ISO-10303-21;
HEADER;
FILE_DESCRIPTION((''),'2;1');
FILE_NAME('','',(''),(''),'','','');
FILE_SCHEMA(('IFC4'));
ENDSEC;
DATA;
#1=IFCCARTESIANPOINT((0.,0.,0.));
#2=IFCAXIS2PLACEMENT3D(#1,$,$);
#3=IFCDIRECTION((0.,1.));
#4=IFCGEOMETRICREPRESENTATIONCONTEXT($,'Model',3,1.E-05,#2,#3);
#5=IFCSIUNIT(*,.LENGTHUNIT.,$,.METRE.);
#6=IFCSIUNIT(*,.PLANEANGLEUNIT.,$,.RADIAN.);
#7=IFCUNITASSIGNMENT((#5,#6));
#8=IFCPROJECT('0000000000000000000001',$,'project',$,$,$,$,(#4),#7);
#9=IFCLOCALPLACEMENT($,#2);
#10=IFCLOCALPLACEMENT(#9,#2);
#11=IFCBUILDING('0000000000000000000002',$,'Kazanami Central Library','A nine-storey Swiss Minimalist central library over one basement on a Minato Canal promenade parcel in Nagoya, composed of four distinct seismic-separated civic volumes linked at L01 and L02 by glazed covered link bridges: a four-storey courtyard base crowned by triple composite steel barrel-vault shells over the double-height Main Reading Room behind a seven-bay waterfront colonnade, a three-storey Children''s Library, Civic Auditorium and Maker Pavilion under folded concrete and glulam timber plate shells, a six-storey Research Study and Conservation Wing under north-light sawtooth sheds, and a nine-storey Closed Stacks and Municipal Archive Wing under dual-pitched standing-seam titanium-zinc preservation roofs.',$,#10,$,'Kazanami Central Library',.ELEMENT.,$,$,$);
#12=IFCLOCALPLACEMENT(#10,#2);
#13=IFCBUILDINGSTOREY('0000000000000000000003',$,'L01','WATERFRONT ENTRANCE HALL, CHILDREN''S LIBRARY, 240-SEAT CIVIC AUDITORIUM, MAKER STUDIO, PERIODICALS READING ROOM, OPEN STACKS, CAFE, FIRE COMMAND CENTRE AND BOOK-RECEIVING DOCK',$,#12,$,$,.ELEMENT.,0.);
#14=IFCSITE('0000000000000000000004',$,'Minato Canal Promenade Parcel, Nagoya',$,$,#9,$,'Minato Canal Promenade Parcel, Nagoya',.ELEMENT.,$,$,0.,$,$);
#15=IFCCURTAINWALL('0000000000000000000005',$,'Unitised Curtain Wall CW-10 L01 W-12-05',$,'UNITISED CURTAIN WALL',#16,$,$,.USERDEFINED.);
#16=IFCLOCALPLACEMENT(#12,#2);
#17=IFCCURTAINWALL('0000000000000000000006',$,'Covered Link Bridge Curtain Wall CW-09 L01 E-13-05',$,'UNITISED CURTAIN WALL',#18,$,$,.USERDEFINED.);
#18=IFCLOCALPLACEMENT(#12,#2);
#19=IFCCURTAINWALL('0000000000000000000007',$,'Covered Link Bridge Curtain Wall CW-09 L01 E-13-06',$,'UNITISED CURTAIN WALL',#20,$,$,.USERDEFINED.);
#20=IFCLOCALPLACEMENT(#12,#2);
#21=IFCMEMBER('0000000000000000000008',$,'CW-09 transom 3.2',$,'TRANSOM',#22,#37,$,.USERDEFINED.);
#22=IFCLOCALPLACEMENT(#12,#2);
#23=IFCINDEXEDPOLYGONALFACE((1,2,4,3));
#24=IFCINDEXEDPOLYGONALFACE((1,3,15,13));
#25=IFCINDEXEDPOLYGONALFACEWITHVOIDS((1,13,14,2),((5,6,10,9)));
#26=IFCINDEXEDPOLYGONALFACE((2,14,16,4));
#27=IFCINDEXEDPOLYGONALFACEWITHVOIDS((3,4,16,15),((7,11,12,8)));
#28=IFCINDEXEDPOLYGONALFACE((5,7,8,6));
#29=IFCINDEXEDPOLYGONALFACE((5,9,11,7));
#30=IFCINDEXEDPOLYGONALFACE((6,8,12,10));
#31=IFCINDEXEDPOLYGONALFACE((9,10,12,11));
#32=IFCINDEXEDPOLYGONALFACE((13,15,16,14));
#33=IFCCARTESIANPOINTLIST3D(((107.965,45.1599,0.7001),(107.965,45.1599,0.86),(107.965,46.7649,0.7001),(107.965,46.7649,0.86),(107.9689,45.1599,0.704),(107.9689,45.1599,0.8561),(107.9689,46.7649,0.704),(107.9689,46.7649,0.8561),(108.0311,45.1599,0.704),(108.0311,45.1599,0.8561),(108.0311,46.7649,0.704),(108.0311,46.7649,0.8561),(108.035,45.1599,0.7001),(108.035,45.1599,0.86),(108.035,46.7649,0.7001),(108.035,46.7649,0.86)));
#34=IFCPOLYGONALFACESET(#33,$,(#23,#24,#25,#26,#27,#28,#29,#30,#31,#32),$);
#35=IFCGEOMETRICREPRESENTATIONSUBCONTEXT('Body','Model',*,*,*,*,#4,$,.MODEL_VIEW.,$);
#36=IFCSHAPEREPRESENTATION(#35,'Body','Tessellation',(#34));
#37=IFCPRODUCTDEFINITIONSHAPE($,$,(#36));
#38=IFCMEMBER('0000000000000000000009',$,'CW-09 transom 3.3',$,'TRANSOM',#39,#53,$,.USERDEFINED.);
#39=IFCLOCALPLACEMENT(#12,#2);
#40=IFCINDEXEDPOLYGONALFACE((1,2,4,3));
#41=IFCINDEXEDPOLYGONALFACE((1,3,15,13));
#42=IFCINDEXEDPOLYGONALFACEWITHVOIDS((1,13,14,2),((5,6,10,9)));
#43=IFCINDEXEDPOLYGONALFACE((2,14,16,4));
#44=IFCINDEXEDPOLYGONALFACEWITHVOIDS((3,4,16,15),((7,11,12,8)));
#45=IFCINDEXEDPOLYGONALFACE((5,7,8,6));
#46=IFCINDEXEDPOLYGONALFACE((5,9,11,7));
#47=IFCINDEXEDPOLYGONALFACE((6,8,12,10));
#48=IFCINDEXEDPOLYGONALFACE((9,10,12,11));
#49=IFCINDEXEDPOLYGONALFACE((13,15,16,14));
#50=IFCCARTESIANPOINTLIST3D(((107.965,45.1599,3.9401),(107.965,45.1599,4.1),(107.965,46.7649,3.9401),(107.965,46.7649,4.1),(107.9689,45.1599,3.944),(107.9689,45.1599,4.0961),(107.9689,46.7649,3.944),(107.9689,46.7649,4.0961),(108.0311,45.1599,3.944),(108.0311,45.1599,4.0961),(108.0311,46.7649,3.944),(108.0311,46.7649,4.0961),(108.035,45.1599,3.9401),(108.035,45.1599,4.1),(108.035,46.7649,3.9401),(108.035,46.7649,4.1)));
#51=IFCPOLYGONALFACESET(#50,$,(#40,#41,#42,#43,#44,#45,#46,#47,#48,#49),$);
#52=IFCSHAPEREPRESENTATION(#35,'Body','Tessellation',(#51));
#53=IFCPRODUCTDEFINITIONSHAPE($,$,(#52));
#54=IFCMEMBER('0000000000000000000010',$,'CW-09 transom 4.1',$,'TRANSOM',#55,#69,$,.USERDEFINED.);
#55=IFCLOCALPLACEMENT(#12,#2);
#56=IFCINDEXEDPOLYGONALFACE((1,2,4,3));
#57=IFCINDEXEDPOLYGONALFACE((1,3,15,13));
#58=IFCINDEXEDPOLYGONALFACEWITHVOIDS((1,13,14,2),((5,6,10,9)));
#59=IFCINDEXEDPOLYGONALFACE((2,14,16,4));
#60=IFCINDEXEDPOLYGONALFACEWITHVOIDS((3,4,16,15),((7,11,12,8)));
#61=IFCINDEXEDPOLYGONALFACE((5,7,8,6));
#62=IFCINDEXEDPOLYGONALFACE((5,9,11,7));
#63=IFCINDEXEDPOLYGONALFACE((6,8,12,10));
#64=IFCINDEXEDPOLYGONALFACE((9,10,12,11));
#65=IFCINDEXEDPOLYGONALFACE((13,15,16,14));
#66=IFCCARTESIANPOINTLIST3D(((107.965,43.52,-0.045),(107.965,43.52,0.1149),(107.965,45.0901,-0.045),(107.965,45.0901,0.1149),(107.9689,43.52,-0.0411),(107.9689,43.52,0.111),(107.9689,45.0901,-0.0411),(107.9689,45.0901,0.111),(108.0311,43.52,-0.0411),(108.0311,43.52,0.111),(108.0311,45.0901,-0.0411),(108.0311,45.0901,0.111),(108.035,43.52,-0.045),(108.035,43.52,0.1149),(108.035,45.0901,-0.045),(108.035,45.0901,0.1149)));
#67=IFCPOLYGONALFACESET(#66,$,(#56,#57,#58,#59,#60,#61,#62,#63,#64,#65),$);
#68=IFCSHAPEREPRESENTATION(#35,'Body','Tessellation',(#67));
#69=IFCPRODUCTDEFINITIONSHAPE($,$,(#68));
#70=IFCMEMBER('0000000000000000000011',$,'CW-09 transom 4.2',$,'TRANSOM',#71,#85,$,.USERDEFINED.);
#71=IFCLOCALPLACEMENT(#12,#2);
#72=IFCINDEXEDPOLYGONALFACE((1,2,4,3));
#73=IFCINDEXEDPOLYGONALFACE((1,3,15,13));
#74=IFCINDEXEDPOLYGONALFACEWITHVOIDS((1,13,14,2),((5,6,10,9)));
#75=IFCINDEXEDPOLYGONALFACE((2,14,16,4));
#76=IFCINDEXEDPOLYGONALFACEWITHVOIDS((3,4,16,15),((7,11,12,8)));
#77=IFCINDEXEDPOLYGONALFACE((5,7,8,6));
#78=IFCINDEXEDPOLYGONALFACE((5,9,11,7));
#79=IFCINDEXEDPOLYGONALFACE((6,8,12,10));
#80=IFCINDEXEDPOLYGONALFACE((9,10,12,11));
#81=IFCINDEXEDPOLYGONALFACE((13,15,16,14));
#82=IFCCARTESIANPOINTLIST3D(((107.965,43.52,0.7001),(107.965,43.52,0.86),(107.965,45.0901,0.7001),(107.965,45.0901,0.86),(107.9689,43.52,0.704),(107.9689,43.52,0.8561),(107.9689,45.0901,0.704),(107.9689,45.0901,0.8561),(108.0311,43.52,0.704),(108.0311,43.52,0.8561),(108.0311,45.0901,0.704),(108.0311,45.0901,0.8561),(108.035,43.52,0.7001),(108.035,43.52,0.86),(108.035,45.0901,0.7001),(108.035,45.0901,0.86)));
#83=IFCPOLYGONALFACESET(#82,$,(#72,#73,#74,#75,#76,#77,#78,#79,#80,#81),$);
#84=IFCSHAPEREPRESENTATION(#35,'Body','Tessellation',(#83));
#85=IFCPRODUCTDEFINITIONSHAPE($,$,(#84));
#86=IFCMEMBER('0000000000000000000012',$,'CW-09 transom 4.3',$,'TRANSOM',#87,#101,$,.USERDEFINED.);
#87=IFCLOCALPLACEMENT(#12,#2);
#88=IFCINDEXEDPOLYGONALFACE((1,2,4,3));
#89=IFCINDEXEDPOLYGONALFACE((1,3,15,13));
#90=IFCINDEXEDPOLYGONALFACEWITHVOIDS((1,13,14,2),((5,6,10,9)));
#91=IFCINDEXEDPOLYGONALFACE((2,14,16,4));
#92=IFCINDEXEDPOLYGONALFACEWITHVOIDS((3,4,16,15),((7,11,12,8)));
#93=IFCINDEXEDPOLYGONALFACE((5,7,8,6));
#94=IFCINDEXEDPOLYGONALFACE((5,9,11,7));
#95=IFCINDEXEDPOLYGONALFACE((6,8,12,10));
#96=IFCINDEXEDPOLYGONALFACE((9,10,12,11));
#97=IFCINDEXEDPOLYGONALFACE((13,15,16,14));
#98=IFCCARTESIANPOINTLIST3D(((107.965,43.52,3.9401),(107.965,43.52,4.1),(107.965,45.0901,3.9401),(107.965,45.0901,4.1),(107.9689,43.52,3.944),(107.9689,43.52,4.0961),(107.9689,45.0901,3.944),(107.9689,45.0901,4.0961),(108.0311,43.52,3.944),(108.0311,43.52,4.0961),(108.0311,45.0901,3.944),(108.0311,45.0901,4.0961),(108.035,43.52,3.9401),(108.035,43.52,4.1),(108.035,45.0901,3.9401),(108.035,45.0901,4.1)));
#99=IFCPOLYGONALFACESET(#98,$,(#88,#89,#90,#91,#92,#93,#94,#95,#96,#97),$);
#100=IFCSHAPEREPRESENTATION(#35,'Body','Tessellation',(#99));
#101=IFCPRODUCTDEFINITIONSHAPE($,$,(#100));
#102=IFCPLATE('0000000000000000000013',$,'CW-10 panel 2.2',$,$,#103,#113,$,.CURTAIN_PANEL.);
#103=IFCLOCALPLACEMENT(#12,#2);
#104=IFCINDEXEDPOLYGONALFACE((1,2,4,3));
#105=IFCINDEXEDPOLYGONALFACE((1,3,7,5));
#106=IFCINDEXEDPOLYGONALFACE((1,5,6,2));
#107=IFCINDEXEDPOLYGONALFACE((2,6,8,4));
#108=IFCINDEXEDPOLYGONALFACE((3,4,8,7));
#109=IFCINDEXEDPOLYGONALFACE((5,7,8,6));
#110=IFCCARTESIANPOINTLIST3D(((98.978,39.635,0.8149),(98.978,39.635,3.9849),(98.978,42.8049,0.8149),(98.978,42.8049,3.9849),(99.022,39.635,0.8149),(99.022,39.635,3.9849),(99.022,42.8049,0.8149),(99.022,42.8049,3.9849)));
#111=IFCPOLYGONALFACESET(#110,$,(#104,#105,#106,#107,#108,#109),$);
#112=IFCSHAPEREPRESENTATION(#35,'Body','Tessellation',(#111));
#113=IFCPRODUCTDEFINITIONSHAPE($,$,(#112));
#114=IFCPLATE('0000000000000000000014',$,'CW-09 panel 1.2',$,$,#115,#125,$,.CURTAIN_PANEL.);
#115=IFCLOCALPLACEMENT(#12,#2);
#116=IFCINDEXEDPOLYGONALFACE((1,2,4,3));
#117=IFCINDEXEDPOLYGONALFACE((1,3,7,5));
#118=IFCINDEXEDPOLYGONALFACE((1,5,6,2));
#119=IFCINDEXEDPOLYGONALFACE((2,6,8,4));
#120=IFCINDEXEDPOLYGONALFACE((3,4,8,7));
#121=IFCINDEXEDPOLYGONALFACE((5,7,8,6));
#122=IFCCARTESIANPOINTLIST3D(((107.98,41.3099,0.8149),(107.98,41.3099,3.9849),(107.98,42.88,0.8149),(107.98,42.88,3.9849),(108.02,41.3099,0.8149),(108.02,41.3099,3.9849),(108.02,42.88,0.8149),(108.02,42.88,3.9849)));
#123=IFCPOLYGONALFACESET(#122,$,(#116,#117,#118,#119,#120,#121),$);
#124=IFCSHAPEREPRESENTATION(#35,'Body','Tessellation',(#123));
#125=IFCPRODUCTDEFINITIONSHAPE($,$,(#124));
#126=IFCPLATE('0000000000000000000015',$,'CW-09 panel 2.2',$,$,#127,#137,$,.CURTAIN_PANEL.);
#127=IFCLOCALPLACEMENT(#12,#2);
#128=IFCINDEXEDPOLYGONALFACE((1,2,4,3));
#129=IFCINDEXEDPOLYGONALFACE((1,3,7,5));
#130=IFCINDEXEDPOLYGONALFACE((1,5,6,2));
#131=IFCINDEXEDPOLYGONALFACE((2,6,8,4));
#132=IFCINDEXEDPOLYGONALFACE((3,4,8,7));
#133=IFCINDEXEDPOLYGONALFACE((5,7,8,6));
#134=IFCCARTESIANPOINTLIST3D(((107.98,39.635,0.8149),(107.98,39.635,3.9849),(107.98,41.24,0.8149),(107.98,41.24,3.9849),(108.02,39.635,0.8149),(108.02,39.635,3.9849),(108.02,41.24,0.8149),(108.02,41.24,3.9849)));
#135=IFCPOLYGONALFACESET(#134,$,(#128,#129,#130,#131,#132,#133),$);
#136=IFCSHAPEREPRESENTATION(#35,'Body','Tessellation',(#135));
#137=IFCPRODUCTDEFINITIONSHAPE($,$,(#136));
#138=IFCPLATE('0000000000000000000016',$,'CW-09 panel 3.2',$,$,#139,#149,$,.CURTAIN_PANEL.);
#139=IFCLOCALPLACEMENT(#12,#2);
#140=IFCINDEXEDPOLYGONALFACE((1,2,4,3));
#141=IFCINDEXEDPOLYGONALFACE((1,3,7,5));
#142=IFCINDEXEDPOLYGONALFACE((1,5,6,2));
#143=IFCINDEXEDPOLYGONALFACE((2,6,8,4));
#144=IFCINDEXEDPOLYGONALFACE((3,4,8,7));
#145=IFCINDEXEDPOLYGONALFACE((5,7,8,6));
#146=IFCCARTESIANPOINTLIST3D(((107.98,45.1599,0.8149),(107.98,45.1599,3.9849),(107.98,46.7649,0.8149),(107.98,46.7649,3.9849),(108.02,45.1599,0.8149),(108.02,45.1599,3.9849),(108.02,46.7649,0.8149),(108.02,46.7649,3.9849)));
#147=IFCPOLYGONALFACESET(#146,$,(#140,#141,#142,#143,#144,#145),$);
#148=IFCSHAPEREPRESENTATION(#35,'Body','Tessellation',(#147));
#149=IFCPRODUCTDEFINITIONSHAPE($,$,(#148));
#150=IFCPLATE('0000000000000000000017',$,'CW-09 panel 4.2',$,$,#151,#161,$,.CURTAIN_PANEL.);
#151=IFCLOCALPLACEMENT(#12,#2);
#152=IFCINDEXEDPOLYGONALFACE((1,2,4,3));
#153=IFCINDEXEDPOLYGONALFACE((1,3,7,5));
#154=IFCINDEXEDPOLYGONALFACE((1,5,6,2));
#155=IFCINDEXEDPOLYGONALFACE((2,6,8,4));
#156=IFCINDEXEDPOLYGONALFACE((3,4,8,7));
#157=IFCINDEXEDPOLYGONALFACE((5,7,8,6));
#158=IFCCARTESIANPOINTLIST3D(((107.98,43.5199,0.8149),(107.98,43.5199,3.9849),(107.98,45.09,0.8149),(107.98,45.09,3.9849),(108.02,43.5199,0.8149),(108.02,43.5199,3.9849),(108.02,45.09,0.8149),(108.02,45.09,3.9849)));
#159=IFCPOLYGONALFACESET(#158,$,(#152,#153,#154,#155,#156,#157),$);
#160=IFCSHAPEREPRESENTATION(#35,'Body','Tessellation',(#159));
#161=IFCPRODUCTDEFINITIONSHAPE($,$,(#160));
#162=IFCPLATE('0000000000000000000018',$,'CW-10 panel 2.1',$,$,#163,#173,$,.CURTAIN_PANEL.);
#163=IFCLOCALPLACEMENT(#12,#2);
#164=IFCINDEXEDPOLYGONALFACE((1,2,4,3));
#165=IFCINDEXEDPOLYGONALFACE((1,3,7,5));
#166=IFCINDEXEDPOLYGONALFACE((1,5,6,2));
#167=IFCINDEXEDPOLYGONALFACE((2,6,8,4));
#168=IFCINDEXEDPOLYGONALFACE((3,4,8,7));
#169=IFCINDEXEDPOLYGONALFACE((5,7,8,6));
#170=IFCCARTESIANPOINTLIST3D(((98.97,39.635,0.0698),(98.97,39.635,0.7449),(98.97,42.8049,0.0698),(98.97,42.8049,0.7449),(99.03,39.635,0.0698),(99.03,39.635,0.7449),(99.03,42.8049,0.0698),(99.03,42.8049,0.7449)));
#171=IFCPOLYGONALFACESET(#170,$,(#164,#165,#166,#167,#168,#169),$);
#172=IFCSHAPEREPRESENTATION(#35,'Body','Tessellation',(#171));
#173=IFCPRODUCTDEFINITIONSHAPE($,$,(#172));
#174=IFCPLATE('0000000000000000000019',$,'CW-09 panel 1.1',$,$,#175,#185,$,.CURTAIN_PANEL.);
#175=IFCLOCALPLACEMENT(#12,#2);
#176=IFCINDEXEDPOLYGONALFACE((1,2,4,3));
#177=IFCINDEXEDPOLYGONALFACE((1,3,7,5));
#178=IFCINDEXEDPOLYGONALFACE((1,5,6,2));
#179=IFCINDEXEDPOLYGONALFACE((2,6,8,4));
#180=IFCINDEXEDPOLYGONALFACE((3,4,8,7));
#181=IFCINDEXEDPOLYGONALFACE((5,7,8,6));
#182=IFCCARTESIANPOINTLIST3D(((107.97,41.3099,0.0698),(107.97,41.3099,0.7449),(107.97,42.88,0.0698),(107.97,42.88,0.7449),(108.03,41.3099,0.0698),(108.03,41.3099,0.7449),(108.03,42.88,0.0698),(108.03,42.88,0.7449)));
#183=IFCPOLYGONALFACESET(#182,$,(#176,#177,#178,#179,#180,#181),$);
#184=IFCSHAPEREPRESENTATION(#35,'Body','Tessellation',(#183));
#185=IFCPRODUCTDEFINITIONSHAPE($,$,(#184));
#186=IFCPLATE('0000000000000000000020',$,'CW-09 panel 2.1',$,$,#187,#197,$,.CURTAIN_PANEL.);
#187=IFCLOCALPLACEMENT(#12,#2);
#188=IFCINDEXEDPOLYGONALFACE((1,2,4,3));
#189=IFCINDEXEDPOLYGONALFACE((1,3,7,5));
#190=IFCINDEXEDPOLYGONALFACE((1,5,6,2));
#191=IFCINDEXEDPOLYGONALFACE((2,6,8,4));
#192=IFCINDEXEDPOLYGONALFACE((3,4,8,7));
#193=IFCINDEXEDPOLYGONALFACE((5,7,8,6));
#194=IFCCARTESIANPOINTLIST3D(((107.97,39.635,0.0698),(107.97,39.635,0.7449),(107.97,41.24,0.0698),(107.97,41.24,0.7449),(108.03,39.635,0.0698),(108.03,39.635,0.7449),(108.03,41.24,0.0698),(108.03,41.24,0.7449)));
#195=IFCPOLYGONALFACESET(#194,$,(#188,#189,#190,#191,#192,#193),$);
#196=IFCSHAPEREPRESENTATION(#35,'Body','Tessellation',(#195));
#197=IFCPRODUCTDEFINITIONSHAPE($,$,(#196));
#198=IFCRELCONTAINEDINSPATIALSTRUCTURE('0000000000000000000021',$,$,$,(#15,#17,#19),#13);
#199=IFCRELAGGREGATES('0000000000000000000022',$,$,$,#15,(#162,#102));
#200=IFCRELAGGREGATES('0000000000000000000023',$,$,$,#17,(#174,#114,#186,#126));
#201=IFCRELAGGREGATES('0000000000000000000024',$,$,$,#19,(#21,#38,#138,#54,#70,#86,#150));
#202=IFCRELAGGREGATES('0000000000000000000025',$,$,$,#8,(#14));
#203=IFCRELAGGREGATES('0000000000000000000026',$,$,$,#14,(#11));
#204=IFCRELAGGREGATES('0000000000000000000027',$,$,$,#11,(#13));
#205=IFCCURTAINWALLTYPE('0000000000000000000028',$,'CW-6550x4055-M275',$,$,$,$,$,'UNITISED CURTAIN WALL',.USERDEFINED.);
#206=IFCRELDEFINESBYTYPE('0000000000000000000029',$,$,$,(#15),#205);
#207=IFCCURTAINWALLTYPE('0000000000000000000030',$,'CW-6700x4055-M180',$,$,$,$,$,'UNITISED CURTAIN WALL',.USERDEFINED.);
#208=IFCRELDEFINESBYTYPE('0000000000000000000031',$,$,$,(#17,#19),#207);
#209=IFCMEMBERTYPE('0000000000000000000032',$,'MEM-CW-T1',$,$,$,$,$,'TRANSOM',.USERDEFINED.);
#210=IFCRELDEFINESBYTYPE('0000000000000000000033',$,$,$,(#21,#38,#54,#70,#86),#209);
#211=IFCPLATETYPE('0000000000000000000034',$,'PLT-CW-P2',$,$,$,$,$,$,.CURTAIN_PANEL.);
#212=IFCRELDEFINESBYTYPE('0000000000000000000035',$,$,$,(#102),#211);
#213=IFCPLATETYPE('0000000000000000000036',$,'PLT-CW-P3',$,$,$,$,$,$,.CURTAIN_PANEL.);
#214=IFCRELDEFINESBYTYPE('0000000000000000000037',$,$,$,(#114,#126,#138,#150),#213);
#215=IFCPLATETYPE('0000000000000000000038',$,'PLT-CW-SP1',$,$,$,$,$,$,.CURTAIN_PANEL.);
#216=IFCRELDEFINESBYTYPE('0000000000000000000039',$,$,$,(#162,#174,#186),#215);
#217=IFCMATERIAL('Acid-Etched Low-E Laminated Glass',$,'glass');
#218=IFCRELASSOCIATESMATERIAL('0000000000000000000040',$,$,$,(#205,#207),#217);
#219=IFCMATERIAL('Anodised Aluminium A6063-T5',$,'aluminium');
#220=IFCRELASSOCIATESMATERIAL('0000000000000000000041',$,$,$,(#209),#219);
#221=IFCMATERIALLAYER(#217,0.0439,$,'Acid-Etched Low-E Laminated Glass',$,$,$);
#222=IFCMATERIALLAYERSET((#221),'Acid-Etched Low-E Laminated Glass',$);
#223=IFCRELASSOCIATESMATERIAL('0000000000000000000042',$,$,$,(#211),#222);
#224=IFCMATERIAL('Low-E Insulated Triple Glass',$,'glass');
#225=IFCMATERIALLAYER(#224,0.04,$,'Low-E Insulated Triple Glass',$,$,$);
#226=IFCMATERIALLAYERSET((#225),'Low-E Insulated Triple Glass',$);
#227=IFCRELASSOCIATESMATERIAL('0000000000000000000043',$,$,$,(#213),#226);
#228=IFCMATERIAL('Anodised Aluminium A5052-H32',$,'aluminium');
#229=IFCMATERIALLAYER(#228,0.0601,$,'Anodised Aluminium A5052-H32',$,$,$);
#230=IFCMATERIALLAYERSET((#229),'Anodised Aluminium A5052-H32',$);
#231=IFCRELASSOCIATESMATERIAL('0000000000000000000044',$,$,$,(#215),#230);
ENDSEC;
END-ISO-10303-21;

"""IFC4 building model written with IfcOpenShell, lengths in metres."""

from ifc_helpers import new_model, si_unit, direction, frame, origin, origin_2d, place, context, subcontext, project, spatial, rectangle, hollow_rectangle, extrude, material, layer, layer_set, material_profile, profile_set, type_object, element, aggregate, save


model = new_model("IFC4")

# Units and contexts
model_context = context("Model", 3, precision=1e-05, world=origin(), true_north=direction((0.0, 1.0)))
body_context = subcontext(model_context, "Body", "Model", "MODEL_VIEW")
ifc_project = project(units=[si_unit("LENGTHUNIT", "METRE"), si_unit("PLANEANGLEUNIT", "RADIAN")], contexts=[model_context])

# Site, building, storey
site_placement = place(None, origin())
site = spatial("IfcSite", under=ifc_project, at=site_placement, Name="Minato Canal Promenade Parcel, Nagoya", LongName="Minato Canal Promenade Parcel, Nagoya", CompositionType="ELEMENT", RefElevation=0.0)
building_placement = place(site_placement, origin())
building = spatial("IfcBuilding", under=site, at=building_placement, Name="Kazanami Central Library", Description="A nine-storey Swiss Minimalist central library over one basement on a Minato Canal promenade parcel in Nagoya, composed of four distinct seismic-separated civic volumes linked at L01 and L02 by glazed covered link bridges: a four-storey courtyard base crowned by triple composite steel barrel-vault shells over the double-height Main Reading Room behind a seven-bay waterfront colonnade, a three-storey Children's Library, Civic Auditorium and Maker Pavilion under folded concrete and glulam timber plate shells, a six-storey Research Study and Conservation Wing under north-light sawtooth sheds, and a nine-storey Closed Stacks and Municipal Archive Wing under dual-pitched standing-seam titanium-zinc preservation roofs.", LongName="Kazanami Central Library", CompositionType="ELEMENT")
storey_placement = place(building_placement, origin())
storey = spatial("IfcBuildingStorey", under=building, at=storey_placement, Name="L01", Description="WATERFRONT ENTRANCE HALL, CHILDREN'S LIBRARY, 240-SEAT CIVIC AUDITORIUM, MAKER STUDIO, PERIODICALS READING ROOM, OPEN STACKS, CAFE, FIRE COMMAND CENTRE AND BOOK-RECEIVING DOCK", CompositionType="ELEMENT", Elevation=0.0)

# Curtain wall
ifc_material_1 = material(Name="Acid-Etched Low-E Laminated Glass", Category="glass")
curtain_wall_type_1 = type_object("IfcCurtainWallType", Name="CW-6550x4055-M275", ElementType="UNITISED CURTAIN WALL", PredefinedType="USERDEFINED", material=ifc_material_1)
curtain_wall_1_placement = place(storey_placement, origin())
curtain_wall_1 = element("IfcCurtainWall", 1, at=curtain_wall_1_placement, inside=storey, type_object=curtain_wall_type_1, Name="Unitised Curtain Wall CW-10 L01 W-12-05", ObjectType="UNITISED CURTAIN WALL", PredefinedType="USERDEFINED")
ifc_material_2 = material(Name="Anodised Aluminium A6063-T5", Category="aluminium")

# Curtain walls
curtain_wall_type_2 = type_object("IfcCurtainWallType", Name="CW-6700x4055-M180", ElementType="UNITISED CURTAIN WALL", PredefinedType="USERDEFINED", material=ifc_material_1)
curtain_wall_2_placement = place(storey_placement, origin())
curtain_wall_2 = element("IfcCurtainWall", 2, at=curtain_wall_2_placement, inside=storey, type_object=curtain_wall_type_2, Name="Covered Link Bridge Curtain Wall CW-09 L01 E-13-05", ObjectType="UNITISED CURTAIN WALL", PredefinedType="USERDEFINED")
curtain_wall_3_placement = place(storey_placement, origin())
curtain_wall_3 = element("IfcCurtainWall", 3, at=curtain_wall_3_placement, inside=storey, type_object=curtain_wall_type_2, Name="Covered Link Bridge Curtain Wall CW-09 L01 E-13-06", ObjectType="UNITISED CURTAIN WALL", PredefinedType="USERDEFINED")

# Members
ifc_material_profile_1 = material_profile(ifc_material_2, hollow_rectangle(XDim=0.0701, YDim=0.1599, WallThickness=0.0039, at=origin_2d()), Name="ALU-TRAN-70x160x4")
ifc_profile_set_1 = profile_set([ifc_material_profile_1], Name="Anodised Aluminium A6063-T5")
member_type_1 = type_object("IfcMemberType", Name="MEM-CW-T1", ElementType="TRANSOM", PredefinedType="USERDEFINED", material=ifc_profile_set_1)
member_1_placement = place(storey_placement, frame((108.0, 46.7649, 0.78), z_axis=(0.0, -1.0, 0.0), x_axis=(1.0, 0.0, 0.0)))
member_1 = element("IfcMember", 4, at=member_1_placement, type_object=member_type_1, Name="CW-09 transom 3.2", ObjectType="TRANSOM", PredefinedType="USERDEFINED", context=body_context, shape_type="SweptSolid", body=[
    extrude(hollow_rectangle(XDim=0.0701, YDim=0.1599, WallThickness=0.0039, at=origin_2d()), origin(), (0.0, 0.0, 1.0), 1.605),
])
member_2_placement = place(storey_placement, frame((108.0, 46.7649, 4.02), z_axis=(0.0, -1.0, 0.0), x_axis=(1.0, 0.0, 0.0)))
member_2 = element("IfcMember", 5, at=member_2_placement, type_object=member_type_1, Name="CW-09 transom 3.3", ObjectType="TRANSOM", PredefinedType="USERDEFINED", context=body_context, shape_type="SweptSolid", body=[
    extrude(hollow_rectangle(XDim=0.0701, YDim=0.1599, WallThickness=0.0039, at=origin_2d()), origin(), (0.0, 0.0, 1.0), 1.605),
])
member_3_placement = place(storey_placement, frame((108.0, 45.0901, 0.0349), z_axis=(0.0, -1.0, 0.0), x_axis=(1.0, 0.0, 0.0)))
member_3 = element("IfcMember", 6, at=member_3_placement, type_object=member_type_1, Name="CW-09 transom 4.1", ObjectType="TRANSOM", PredefinedType="USERDEFINED", context=body_context, shape_type="SweptSolid", body=[
    extrude(hollow_rectangle(XDim=0.0701, YDim=0.1599, WallThickness=0.0039, at=origin_2d()), origin(), (0.0, 0.0, 1.0), 1.5701),
])
member_4_placement = place(storey_placement, frame((108.0, 45.0901, 0.78), z_axis=(0.0, -1.0, 0.0), x_axis=(1.0, 0.0, 0.0)))
member_4 = element("IfcMember", 7, at=member_4_placement, type_object=member_type_1, Name="CW-09 transom 4.2", ObjectType="TRANSOM", PredefinedType="USERDEFINED", context=body_context, shape_type="SweptSolid", body=[
    extrude(hollow_rectangle(XDim=0.0701, YDim=0.1599, WallThickness=0.0039, at=origin_2d()), origin(), (0.0, 0.0, 1.0), 1.5701),
])
member_5_placement = place(storey_placement, frame((108.0, 45.0901, 4.02), z_axis=(0.0, -1.0, 0.0), x_axis=(1.0, 0.0, 0.0)))
member_5 = element("IfcMember", 8, at=member_5_placement, type_object=member_type_1, Name="CW-09 transom 4.3", ObjectType="TRANSOM", PredefinedType="USERDEFINED", context=body_context, shape_type="SweptSolid", body=[
    extrude(hollow_rectangle(XDim=0.0701, YDim=0.1599, WallThickness=0.0039, at=origin_2d()), origin(), (0.0, 0.0, 1.0), 1.5701),
])

# Plates
ifc_layer_1 = layer(ifc_material_1, 0.0439, Name="Acid-Etched Low-E Laminated Glass")
ifc_layer_set_1 = layer_set([ifc_layer_1], Name="Acid-Etched Low-E Laminated Glass")
plate_type_1 = type_object("IfcPlateType", Name="PLT-CW-P2", PredefinedType="CURTAIN_PANEL", material=ifc_layer_set_1)
plate_1_placement = place(storey_placement, frame((99.0, 41.22, 0.8149), z_axis=(0.0, 0.0, 1.0), x_axis=(0.0, 1.0, 0.0)))
plate_1 = element("IfcPlate", 9, at=plate_1_placement, type_object=plate_type_1, Name="CW-10 panel 2.2", PredefinedType="CURTAIN_PANEL", context=body_context, shape_type="SweptSolid", body=[
    extrude(rectangle(XDim=3.1699, YDim=0.0439, at=origin_2d()), origin(), (0.0, 0.0, 1.0), 3.1699),
])
ifc_material_3 = material(Name="Low-E Insulated Triple Glass", Category="glass")
ifc_layer_2 = layer(ifc_material_3, 0.04, Name="Low-E Insulated Triple Glass")
ifc_layer_set_2 = layer_set([ifc_layer_2], Name="Low-E Insulated Triple Glass")
plate_type_2 = type_object("IfcPlateType", Name="PLT-CW-P3", PredefinedType="CURTAIN_PANEL", material=ifc_layer_set_2)
plate_2_placement = place(storey_placement, frame((108.0, 42.095, 0.8149), z_axis=(0.0, 0.0, 1.0), x_axis=(0.0, -1.0, 0.0)))
plate_2 = element("IfcPlate", 10, at=plate_2_placement, type_object=plate_type_2, Name="CW-09 panel 1.2", PredefinedType="CURTAIN_PANEL", context=body_context, shape_type="SweptSolid", body=[
    extrude(rectangle(XDim=1.5701, YDim=0.04, at=origin_2d()), origin(), (0.0, 0.0, 1.0), 3.1699),
])
plate_3_placement = place(storey_placement, frame((108.0, 40.4375, 0.8149), z_axis=(0.0, 0.0, 1.0), x_axis=(0.0, -1.0, 0.0)))
plate_3 = element("IfcPlate", 11, at=plate_3_placement, type_object=plate_type_2, Name="CW-09 panel 2.2", PredefinedType="CURTAIN_PANEL", context=body_context, shape_type="SweptSolid", body=[
    extrude(rectangle(XDim=1.605, YDim=0.04, at=origin_2d()), origin(), (0.0, 0.0, 1.0), 3.1699),
])
plate_4_placement = place(storey_placement, frame((108.0, 45.9624, 0.8149), z_axis=(0.0, 0.0, 1.0), x_axis=(0.0, -1.0, 0.0)))
plate_4 = element("IfcPlate", 12, at=plate_4_placement, type_object=plate_type_2, Name="CW-09 panel 3.2", PredefinedType="CURTAIN_PANEL", context=body_context, shape_type="SweptSolid", body=[
    extrude(rectangle(XDim=1.605, YDim=0.04, at=origin_2d()), origin(), (0.0, 0.0, 1.0), 3.1699),
])
plate_5_placement = place(storey_placement, frame((108.0, 44.3049, 0.8149), z_axis=(0.0, 0.0, 1.0), x_axis=(0.0, -1.0, 0.0)))
plate_5 = element("IfcPlate", 13, at=plate_5_placement, type_object=plate_type_2, Name="CW-09 panel 4.2", PredefinedType="CURTAIN_PANEL", context=body_context, shape_type="SweptSolid", body=[
    extrude(rectangle(XDim=1.5701, YDim=0.04, at=origin_2d()), origin(), (0.0, 0.0, 1.0), 3.1699),
])
ifc_material_4 = material(Name="Anodised Aluminium A5052-H32", Category="aluminium")
ifc_layer_3 = layer(ifc_material_4, 0.0601, Name="Anodised Aluminium A5052-H32")
ifc_layer_set_3 = layer_set([ifc_layer_3], Name="Anodised Aluminium A5052-H32")
plate_type_3 = type_object("IfcPlateType", Name="PLT-CW-SP1", PredefinedType="CURTAIN_PANEL", material=ifc_layer_set_3)
plate_6_placement = place(storey_placement, frame((99.0, 41.22, 0.0698), z_axis=(0.0, 0.0, 1.0), x_axis=(0.0, 1.0, 0.0)))
plate_6 = element("IfcPlate", 14, at=plate_6_placement, type_object=plate_type_3, Name="CW-10 panel 2.1", PredefinedType="CURTAIN_PANEL", context=body_context, shape_type="SweptSolid", body=[
    extrude(rectangle(XDim=3.1699, YDim=0.0601, at=origin_2d()), origin(), (0.0, 0.0, 1.0), 0.675),
])
aggregate(curtain_wall_1, [plate_6, plate_1])
plate_7_placement = place(storey_placement, frame((108.0, 42.095, 0.0698), z_axis=(0.0, 0.0, 1.0), x_axis=(0.0, -1.0, 0.0)))
plate_7 = element("IfcPlate", 15, at=plate_7_placement, type_object=plate_type_3, Name="CW-09 panel 1.1", PredefinedType="CURTAIN_PANEL", context=body_context, shape_type="SweptSolid", body=[
    extrude(rectangle(XDim=1.5701, YDim=0.0601, at=origin_2d()), origin(), (0.0, 0.0, 1.0), 0.675),
])
plate_8_placement = place(storey_placement, frame((108.0, 40.4375, 0.0698), z_axis=(0.0, 0.0, 1.0), x_axis=(0.0, -1.0, 0.0)))
plate_8 = element("IfcPlate", 16, at=plate_8_placement, type_object=plate_type_3, Name="CW-09 panel 2.1", PredefinedType="CURTAIN_PANEL", context=body_context, shape_type="SweptSolid", body=[
    extrude(rectangle(XDim=1.605, YDim=0.0601, at=origin_2d()), origin(), (0.0, 0.0, 1.0), 0.675),
])
aggregate(curtain_wall_2, [plate_7, plate_2, plate_8, plate_3])
aggregate(curtain_wall_3, [member_1, member_2, plate_4, member_3, member_4, member_5, plate_5])

save(model, "model.ifc")
